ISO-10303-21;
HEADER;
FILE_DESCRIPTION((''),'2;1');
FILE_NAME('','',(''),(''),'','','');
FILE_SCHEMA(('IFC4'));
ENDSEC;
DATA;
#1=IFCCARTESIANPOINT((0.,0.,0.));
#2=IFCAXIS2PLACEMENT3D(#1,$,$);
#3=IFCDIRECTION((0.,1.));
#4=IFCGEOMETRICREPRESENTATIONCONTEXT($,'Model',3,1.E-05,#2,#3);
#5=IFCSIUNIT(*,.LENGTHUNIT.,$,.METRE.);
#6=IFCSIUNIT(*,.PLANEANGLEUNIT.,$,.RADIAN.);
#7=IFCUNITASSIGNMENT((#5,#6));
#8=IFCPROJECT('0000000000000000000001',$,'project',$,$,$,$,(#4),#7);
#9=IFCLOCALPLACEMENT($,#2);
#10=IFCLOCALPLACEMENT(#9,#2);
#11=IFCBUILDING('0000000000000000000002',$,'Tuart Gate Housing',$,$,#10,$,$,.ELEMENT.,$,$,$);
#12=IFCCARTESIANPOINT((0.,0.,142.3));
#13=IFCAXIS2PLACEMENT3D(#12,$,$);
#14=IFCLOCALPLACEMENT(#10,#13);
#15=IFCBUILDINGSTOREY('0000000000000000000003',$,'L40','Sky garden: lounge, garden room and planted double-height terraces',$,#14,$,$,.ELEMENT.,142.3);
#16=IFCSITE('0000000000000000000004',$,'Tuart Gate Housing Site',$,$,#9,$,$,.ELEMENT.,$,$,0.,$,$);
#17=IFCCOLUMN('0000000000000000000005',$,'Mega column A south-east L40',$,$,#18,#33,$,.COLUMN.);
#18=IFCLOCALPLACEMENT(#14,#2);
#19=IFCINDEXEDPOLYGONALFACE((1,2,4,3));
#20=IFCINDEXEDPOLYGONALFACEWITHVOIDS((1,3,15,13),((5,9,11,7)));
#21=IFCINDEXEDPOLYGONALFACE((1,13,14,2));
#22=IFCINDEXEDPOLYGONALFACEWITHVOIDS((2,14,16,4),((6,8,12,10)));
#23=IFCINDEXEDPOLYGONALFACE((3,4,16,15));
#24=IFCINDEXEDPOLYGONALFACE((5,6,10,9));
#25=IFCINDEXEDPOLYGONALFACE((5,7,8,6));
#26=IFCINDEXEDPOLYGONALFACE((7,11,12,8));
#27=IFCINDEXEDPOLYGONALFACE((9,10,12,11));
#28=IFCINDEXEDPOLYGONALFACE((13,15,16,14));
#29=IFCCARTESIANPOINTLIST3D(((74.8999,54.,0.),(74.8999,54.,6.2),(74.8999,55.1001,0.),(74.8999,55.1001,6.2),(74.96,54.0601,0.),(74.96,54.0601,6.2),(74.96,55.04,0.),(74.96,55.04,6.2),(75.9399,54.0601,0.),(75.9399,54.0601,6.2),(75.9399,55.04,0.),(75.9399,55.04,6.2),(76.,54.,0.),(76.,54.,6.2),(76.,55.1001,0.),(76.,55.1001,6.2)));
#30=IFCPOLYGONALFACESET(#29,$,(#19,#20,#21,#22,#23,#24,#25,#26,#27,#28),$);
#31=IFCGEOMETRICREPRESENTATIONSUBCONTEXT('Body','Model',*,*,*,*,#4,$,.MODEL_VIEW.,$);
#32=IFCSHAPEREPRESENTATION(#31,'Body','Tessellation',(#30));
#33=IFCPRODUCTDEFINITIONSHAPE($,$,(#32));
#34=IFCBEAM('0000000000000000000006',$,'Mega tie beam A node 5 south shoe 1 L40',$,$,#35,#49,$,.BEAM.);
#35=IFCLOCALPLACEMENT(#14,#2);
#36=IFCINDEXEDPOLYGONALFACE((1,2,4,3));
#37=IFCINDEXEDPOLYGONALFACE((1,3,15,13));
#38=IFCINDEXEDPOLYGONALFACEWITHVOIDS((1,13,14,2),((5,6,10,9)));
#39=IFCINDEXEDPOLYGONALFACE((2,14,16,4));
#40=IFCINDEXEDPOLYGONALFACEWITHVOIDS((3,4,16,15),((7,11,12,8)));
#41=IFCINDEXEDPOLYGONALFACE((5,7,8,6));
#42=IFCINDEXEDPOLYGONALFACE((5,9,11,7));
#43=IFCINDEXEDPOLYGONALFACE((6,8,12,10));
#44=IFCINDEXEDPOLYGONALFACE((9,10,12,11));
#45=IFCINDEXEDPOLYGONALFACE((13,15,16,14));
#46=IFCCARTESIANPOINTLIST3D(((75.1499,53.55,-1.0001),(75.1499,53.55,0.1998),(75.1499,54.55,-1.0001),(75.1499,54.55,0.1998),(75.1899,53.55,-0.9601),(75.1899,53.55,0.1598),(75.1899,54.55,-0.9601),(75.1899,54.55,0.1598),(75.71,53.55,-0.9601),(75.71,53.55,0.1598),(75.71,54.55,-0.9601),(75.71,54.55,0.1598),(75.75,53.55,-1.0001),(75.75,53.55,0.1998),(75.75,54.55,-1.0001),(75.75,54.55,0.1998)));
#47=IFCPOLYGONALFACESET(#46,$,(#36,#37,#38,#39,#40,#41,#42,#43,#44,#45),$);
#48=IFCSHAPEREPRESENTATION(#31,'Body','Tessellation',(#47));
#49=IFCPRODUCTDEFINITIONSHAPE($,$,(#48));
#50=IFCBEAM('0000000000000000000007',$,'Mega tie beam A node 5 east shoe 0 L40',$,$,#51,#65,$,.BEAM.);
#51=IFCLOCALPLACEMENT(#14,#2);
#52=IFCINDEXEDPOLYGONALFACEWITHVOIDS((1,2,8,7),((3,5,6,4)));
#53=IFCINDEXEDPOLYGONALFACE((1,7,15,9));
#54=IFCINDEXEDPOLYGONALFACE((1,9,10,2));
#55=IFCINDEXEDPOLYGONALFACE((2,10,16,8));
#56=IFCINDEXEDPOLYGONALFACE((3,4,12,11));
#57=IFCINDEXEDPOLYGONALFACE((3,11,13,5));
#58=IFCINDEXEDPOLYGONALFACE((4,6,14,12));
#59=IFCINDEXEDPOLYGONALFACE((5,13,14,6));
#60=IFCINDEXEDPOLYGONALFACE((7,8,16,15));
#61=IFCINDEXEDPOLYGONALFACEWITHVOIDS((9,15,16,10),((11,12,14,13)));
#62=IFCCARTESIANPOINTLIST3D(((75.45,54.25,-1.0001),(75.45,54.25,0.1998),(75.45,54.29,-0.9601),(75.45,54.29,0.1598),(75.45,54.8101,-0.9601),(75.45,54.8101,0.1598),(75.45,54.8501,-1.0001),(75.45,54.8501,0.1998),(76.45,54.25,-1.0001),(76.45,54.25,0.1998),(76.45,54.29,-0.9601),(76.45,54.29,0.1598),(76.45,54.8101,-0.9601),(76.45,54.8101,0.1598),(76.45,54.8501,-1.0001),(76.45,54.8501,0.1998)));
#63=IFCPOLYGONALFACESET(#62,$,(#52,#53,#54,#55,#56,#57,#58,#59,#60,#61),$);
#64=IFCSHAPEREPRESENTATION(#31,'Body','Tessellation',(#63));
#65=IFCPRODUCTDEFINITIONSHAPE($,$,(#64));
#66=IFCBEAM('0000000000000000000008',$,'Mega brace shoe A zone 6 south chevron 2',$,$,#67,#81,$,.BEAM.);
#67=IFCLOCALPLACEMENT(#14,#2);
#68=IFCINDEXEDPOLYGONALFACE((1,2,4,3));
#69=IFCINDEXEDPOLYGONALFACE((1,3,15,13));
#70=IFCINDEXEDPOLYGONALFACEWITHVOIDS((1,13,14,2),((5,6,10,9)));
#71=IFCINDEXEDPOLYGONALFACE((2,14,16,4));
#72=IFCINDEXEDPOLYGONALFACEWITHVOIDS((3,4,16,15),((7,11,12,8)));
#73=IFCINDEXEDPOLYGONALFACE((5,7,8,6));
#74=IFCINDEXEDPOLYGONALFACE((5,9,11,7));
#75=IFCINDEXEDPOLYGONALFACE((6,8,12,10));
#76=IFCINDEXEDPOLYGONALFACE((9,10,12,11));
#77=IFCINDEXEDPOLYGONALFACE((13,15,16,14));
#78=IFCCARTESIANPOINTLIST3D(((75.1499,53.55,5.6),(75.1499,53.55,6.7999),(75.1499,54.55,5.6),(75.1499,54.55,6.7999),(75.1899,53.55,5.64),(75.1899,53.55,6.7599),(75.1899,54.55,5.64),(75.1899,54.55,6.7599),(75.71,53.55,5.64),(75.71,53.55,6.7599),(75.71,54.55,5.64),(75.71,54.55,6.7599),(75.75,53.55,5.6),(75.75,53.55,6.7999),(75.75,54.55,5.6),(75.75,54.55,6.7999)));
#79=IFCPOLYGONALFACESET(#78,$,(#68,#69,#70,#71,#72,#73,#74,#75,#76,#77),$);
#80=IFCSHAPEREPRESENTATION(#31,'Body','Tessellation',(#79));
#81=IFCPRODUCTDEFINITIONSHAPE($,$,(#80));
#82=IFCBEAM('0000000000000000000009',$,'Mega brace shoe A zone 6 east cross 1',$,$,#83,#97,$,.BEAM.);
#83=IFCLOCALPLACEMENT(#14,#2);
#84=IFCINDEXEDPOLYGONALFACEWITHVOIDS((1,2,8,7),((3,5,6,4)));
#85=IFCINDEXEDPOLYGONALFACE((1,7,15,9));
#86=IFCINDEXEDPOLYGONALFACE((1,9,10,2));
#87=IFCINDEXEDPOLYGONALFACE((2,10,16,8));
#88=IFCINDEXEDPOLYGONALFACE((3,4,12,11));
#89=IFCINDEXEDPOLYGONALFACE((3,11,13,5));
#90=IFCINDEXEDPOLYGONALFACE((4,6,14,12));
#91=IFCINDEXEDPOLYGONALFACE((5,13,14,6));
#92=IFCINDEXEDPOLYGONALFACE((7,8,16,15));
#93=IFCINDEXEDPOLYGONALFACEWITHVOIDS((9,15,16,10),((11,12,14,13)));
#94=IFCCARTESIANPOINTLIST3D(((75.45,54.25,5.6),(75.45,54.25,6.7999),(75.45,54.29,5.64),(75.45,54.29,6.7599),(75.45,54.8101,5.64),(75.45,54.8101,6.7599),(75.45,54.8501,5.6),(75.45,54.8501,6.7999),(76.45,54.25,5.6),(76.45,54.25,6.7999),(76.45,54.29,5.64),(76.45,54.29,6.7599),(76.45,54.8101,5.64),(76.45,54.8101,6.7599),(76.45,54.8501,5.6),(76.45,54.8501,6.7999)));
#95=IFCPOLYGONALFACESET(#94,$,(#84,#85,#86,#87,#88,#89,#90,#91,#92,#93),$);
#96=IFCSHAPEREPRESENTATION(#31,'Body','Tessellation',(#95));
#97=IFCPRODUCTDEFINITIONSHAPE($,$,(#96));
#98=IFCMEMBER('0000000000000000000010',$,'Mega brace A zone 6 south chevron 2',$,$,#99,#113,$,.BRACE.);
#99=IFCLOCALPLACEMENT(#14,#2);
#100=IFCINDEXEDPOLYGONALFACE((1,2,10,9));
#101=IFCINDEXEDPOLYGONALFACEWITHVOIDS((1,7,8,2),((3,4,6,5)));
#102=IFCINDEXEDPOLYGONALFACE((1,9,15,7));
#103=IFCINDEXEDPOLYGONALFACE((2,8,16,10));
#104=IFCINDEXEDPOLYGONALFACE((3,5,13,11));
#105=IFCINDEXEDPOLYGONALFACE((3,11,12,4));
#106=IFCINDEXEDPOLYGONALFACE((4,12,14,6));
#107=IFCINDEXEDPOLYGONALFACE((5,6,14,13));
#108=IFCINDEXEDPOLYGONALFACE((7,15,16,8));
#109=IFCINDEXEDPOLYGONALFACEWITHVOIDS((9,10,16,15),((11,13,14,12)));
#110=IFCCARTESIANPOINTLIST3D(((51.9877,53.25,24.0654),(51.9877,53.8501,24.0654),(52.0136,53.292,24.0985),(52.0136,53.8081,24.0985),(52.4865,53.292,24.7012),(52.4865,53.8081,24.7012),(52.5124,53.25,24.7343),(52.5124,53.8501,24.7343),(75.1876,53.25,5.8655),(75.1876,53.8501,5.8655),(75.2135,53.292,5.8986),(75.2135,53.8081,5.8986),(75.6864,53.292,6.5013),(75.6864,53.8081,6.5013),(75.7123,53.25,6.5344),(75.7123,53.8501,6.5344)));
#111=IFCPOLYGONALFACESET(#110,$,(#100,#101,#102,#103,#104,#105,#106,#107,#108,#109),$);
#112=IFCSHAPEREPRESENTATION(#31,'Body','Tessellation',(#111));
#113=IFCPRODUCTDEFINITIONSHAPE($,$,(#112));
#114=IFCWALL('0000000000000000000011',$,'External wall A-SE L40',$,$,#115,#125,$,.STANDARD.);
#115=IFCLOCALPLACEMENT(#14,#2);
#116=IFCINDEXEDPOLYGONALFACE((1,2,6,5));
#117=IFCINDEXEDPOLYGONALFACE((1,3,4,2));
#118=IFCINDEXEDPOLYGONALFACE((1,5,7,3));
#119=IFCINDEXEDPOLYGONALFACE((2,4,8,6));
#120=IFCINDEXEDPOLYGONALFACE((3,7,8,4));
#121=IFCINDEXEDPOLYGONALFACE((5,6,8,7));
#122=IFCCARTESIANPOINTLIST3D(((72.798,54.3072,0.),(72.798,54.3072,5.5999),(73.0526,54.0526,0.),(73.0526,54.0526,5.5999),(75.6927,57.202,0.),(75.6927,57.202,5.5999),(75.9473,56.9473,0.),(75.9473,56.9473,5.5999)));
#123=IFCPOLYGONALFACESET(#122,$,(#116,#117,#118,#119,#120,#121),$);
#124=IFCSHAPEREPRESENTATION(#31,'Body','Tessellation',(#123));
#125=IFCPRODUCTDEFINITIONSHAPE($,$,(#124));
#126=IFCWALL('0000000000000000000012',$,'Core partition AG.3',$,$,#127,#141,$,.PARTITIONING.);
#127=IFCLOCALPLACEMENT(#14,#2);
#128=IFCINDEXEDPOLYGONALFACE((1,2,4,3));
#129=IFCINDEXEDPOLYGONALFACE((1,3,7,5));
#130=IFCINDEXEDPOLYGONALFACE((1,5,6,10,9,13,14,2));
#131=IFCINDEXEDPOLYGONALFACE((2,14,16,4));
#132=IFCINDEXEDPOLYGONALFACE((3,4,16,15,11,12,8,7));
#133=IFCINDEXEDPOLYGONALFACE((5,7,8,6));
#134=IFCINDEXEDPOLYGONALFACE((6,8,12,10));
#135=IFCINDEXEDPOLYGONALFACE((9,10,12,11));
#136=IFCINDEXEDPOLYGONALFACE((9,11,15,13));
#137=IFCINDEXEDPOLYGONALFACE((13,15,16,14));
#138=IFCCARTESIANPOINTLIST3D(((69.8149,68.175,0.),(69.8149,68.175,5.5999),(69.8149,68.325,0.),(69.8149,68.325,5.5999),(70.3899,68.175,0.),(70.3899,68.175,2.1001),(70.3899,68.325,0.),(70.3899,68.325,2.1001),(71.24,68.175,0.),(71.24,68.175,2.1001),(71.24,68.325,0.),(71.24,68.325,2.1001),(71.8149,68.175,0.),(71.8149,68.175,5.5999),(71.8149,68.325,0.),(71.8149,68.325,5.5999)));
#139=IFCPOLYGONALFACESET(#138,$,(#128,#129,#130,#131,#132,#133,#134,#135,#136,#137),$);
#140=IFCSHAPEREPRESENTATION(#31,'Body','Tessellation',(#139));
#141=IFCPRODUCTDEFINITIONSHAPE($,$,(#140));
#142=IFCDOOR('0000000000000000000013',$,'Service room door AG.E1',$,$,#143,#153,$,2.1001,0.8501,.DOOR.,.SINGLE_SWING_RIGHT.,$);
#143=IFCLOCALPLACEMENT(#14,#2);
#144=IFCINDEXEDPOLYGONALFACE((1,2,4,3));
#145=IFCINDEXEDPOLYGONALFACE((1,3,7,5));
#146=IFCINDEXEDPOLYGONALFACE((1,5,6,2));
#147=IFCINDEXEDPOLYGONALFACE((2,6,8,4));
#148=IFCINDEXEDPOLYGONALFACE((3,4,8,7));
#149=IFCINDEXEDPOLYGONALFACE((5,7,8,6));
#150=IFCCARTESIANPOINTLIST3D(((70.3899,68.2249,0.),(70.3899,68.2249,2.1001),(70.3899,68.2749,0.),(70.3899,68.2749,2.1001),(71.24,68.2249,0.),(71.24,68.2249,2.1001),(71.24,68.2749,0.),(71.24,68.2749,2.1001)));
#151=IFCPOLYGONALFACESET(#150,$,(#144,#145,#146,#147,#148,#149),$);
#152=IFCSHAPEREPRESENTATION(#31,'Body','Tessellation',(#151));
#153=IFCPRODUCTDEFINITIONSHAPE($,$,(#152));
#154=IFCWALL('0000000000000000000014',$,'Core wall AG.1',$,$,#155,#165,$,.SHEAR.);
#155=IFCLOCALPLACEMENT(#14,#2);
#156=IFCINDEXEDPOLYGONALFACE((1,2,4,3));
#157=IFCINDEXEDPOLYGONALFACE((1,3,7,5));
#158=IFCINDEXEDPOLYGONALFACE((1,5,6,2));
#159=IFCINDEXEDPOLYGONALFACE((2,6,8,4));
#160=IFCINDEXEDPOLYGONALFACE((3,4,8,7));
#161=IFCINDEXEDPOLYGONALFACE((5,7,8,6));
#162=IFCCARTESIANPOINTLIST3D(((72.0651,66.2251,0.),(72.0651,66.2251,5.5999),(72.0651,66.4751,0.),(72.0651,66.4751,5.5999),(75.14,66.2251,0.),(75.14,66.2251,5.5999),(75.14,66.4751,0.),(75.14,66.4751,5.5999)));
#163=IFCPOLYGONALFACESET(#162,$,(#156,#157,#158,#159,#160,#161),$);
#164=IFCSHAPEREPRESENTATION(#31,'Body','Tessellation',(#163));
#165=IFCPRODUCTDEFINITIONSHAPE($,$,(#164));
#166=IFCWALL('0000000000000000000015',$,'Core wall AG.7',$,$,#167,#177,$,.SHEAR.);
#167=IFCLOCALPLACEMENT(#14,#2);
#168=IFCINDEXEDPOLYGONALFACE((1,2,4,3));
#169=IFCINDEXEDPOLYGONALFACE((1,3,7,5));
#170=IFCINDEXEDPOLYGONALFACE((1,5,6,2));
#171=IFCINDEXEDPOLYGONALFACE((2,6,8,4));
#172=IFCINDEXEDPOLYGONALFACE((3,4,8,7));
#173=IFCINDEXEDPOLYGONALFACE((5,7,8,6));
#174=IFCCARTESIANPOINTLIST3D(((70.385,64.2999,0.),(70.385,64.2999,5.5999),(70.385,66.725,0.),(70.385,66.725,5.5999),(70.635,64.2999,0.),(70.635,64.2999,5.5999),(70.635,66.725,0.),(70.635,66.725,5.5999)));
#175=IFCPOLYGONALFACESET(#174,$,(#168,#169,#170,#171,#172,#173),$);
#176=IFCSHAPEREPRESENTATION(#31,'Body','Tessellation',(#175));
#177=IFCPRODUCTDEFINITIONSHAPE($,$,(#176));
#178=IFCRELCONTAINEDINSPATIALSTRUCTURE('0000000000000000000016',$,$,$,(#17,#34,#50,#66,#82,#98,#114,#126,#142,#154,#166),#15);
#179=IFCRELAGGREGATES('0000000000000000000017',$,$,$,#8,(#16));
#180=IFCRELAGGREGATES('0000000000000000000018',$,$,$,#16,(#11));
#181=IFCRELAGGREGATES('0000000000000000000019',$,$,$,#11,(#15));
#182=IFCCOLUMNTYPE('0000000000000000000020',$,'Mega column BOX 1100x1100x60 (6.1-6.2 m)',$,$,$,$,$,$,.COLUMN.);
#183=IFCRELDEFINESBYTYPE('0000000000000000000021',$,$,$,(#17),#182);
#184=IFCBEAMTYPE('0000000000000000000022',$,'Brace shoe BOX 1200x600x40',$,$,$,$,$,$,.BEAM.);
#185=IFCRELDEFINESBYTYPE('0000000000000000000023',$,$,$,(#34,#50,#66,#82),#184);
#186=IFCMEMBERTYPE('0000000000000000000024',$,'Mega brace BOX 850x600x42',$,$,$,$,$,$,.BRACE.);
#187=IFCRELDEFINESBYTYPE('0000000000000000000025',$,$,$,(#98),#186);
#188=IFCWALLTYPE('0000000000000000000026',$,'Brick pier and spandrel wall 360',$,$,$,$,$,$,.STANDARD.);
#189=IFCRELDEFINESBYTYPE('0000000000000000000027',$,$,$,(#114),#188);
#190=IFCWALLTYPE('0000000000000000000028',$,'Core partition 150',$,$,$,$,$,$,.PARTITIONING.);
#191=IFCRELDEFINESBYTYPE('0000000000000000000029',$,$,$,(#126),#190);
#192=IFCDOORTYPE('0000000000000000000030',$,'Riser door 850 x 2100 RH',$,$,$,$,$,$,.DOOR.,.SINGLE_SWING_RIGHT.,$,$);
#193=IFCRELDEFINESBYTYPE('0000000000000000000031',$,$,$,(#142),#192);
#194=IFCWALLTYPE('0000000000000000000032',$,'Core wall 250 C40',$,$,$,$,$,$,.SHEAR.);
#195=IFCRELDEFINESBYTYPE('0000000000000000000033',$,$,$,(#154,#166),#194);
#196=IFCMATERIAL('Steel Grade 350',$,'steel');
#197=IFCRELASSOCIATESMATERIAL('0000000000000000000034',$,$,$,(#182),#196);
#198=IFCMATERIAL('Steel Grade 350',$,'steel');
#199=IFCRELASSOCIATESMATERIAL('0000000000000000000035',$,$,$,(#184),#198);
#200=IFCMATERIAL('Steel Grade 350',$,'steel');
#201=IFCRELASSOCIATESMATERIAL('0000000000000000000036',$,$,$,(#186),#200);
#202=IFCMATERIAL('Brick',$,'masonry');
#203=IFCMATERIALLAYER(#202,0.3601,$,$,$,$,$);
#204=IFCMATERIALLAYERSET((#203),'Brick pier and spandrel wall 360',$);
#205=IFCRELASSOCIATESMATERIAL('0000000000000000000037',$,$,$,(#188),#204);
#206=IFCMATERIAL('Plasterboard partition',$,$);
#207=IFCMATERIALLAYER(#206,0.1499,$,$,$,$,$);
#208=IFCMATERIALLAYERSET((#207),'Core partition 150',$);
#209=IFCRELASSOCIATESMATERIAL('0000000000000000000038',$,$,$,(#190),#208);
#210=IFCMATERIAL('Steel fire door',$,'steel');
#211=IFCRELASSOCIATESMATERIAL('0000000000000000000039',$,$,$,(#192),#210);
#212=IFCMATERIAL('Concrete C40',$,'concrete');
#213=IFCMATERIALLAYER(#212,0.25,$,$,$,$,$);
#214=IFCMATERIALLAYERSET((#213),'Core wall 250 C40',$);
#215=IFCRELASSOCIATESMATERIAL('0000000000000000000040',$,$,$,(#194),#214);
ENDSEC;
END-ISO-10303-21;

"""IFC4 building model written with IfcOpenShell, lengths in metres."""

from ifc_helpers import new_model, si_unit, direction, frame, frame_2d, origin, origin_2d, place, context, subcontext, project, spatial, rectangle, hollow_rectangle, extrude, material, layer, layer_set, material_profile, profile_set, type_object, element, fill, save


model = new_model("IFC4")

# Units and contexts
model_context = context("Model", 3, precision=1e-05, world=origin(), true_north=direction((0.0, 1.0)))
body_context = subcontext(model_context, "Body", "Model", "MODEL_VIEW")
ifc_project = project(units=[si_unit("LENGTHUNIT", "METRE"), si_unit("PLANEANGLEUNIT", "RADIAN")], contexts=[model_context])

# Site, building, storey
site_placement = place(None, origin())
site = spatial("IfcSite", under=ifc_project, at=site_placement, Name="Tuart Gate Housing Site", CompositionType="ELEMENT", RefElevation=0.0)
building_placement = place(site_placement, origin())
building = spatial("IfcBuilding", under=site, at=building_placement, Name="Tuart Gate Housing", CompositionType="ELEMENT")
storey_placement = place(building_placement, frame((0.0, 0.0, 142.3)))
storey = spatial("IfcBuildingStorey", under=building, at=storey_placement, Name="L40", Description="Sky garden: lounge, garden room and planted double-height terraces", CompositionType="ELEMENT", Elevation=142.3)

# Column
ifc_material_1 = material(Name="Steel Grade 350", Category="steel")
ifc_material_profile_1 = material_profile(ifc_material_1, hollow_rectangle(XDim=1.1001, YDim=1.1001, WallThickness=0.0601, at=origin_2d()), Name="BOX 1100x1100x60")
ifc_profile_set_1 = profile_set([ifc_material_profile_1], Name="Steel Grade 350")
column_type = type_object("IfcColumnType", Name="Mega column BOX 1100x1100x60 (6.1-6.2 m)", PredefinedType="COLUMN", material=ifc_profile_set_1)
column_placement = place(storey_placement, frame((75.45, 54.55, 0.0), z_axis=(0.0, 0.0, 1.0), x_axis=(1.0, 0.0, 0.0)))
element("IfcColumn", 1, at=column_placement, inside=storey, type_object=column_type, Name="Mega column A south-east L40", PredefinedType="COLUMN", context=body_context, shape_type="SweptSolid", body=[
    extrude(hollow_rectangle(XDim=1.1001, YDim=1.1001, WallThickness=0.0601, at=origin_2d()), origin(), (0.0, 0.0, 1.0), 6.2),
])

# Beams
ifc_material_2 = material(Name="Steel Grade 350", Category="steel")
ifc_material_profile_2 = material_profile(ifc_material_2, hollow_rectangle(XDim=0.6001, YDim=1.2, WallThickness=0.04, at=origin_2d()), Name="BOX 1200x600x40")
ifc_profile_set_2 = profile_set([ifc_material_profile_2], Name="Steel Grade 350")
beam_type = type_object("IfcBeamType", Name="Brace shoe BOX 1200x600x40", PredefinedType="BEAM", material=ifc_profile_set_2)
for number, where, z_axis, x_axis, name in (
    (2, (75.45, 54.55, -0.4001), (0.0, -1.0, 0.0), (1.0, 0.0, 0.0), "Mega tie beam A node 5 south shoe 1 L40"),
    (3, (75.45, 54.55, -0.4001), (1.0, 0.0, 0.0), (0.0, 1.0, 0.0), "Mega tie beam A node 5 east shoe 0 L40"),
    (4, (75.45, 54.55, 6.2), (0.0, -1.0, 0.0), (1.0, 0.0, 0.0), "Mega brace shoe A zone 6 south chevron 2"),
    (5, (75.45, 54.55, 6.2), (1.0, 0.0, 0.0), (0.0, 1.0, 0.0), "Mega brace shoe A zone 6 east cross 1"),
):
    element("IfcBeam", number, at=place(storey_placement, frame(where, z_axis=z_axis, x_axis=x_axis)), inside=storey, type_object=beam_type, Name=name, PredefinedType="BEAM", context=body_context, shape_type="SweptSolid", body=[
        extrude(hollow_rectangle(XDim=0.6001, YDim=1.2, WallThickness=0.04, at=origin_2d()), origin(), (0.0, 0.0, 1.0), 1.0),
    ])

# Member
ifc_material_3 = material(Name="Steel Grade 350", Category="steel")
ifc_material_profile_3 = material_profile(ifc_material_3, hollow_rectangle(XDim=0.6001, YDim=0.8501, WallThickness=0.042, at=origin_2d()), Name="BOX 850x600x42")
ifc_profile_set_3 = profile_set([ifc_material_profile_3], Name="Steel Grade 350")
member_type = type_object("IfcMemberType", Name="Mega brace BOX 850x600x42", PredefinedType="BRACE", material=ifc_profile_set_3)
member_placement = place(storey_placement, frame((75.45, 53.55, 6.2), z_axis=(-0.786789, 0.0, 0.617222), x_axis=(0.0, -1.0, 0.0)))
element("IfcMember", 6, at=member_placement, inside=storey, type_object=member_type, Name="Mega brace A zone 6 south chevron 2", PredefinedType="BRACE", context=body_context, shape_type="SweptSolid", body=[
    extrude(hollow_rectangle(XDim=0.6001, YDim=0.8501, WallThickness=0.042, at=origin_2d()), origin(), (0.0, 0.0, 1.0), 29.4868),
])

# Wall
ifc_material_4 = material(Name="Brick", Category="masonry")
ifc_layer_1 = layer(ifc_material_4, 0.3601)
ifc_layer_set_1 = layer_set([ifc_layer_1], Name="Brick pier and spandrel wall 360")
wall_type_1 = type_object("IfcWallType", Name="Brick pier and spandrel wall 360", PredefinedType="STANDARD", material=ifc_layer_set_1)
wall_1_placement = place(storey_placement, frame((72.9253, 54.1799, 0.0), z_axis=(0.0, 0.0, 1.0), x_axis=(0.707107, 0.707107, 0.0)))
element("IfcWall", 7, at=wall_1_placement, inside=storey, type_object=wall_type_1, Name="External wall A-SE L40", PredefinedType="STANDARD", context=body_context, shape_type="SweptSolid", body=[
    extrude(rectangle(XDim=4.0938, YDim=0.3601, at=frame_2d((2.0469, 0.0))), origin(), (0.0, 0.0, 1.0), 5.5999),
])

# Wall, opening, door
ifc_material_5 = material(Name="Plasterboard partition")
ifc_layer_2 = layer(ifc_material_5, 0.1499)
ifc_layer_set_2 = layer_set([ifc_layer_2], Name="Core partition 150")
wall_type_2 = type_object("IfcWallType", Name="Core partition 150", PredefinedType="PARTITIONING", material=ifc_layer_set_2)
wall_2_placement = place(storey_placement, frame((69.8149, 68.25, 0.0), z_axis=(0.0, 0.0, 1.0), x_axis=(1.0, 0.0, 0.0)))
wall_2 = element("IfcWall", 8, at=wall_2_placement, inside=storey, type_object=wall_type_2, Name="Core partition AG.3", PredefinedType="PARTITIONING", context=body_context, shape_type="SweptSolid", body=[
    extrude(rectangle(XDim=2.0, YDim=0.1499, at=frame_2d((1.0, 0.0))), origin(), (0.0, 0.0, 1.0), 5.5999),
])
opening_1_placement = place(wall_2_placement, frame((0.575, 0.0, 0.0)))
opening_1 = element("IfcOpeningElement", 9, at=opening_1_placement, cuts=wall_2, PredefinedType="OPENING", context=body_context, shape_type="SweptSolid", body=[
    extrude(rectangle(XDim=0.8501, YDim=2.1001, at=frame_2d((0.425, 1.05))), frame((0.0, 0.085, 0.0), z_axis=(0.0, -1.0, 0.0), x_axis=(1.0, 0.0, 0.0)), (0.0, 0.0, 1.0), 0.1699),
])
ifc_material_6 = material(Name="Steel fire door", Category="steel")
door_type_1 = type_object("IfcDoorType", Name="Riser door 850 x 2100 RH", OperationType="SINGLE_SWING_RIGHT", PredefinedType="DOOR", material=ifc_material_6)
door_1_placement = place(opening_1_placement, frame((0.8501, 0.0, 0.0), z_axis=(0.0, 0.0, 1.0), x_axis=(-1.0, 0.0, 0.0)))
door_1 = element("IfcDoor", 10, at=door_1_placement, inside=storey, type_object=door_type_1, Name="Service room door AG.E1", OperationType="SINGLE_SWING_RIGHT", OverallHeight=2.1001, OverallWidth=0.8501, PredefinedType="DOOR", context=body_context, shape_type="SweptSolid", body=[
    extrude(rectangle(XDim=0.8501, YDim=2.1001, at=frame_2d((0.425, 1.05))), frame((0.0, 0.0251, 0.0), z_axis=(0.0, -1.0, 0.0), x_axis=(1.0, 0.0, 0.0)), (0.0, 0.0, 1.0), 0.05),
])
fill(opening_1, door_1)

# Walls
ifc_material_7 = material(Name="Concrete C40", Category="concrete")
ifc_layer_3 = layer(ifc_material_7, 0.25)
ifc_layer_set_3 = layer_set([ifc_layer_3], Name="Core wall 250 C40")
wall_type_3 = type_object("IfcWallType", Name="Core wall 250 C40", PredefinedType="SHEAR", material=ifc_layer_set_3)
wall_3_placement = place(storey_placement, frame((72.0649, 66.3501, 0.0), z_axis=(0.0, 0.0, 1.0), x_axis=(1.0, 0.0, 0.0)))
element("IfcWall", 11, at=wall_3_placement, inside=storey, type_object=wall_type_3, Name="Core wall AG.1", PredefinedType="SHEAR", context=body_context, shape_type="SweptSolid", body=[
    extrude(rectangle(XDim=3.075, YDim=0.25, at=frame_2d((1.5376, 0.0))), origin(), (0.0, 0.0, 1.0), 5.5999),
])
wall_4_placement = place(storey_placement, frame((70.51, 64.3, 0.0), z_axis=(0.0, 0.0, 1.0), x_axis=(0.0, 1.0, 0.0)))
element("IfcWall", 12, at=wall_4_placement, inside=storey, type_object=wall_type_3, Name="Core wall AG.7", PredefinedType="SHEAR", context=body_context, shape_type="SweptSolid", body=[
    extrude(rectangle(XDim=2.425, YDim=0.25, at=frame_2d((1.2124, 0.0))), origin(), (0.0, 0.0, 1.0), 5.5999),
])

save(model, "model.ifc")
